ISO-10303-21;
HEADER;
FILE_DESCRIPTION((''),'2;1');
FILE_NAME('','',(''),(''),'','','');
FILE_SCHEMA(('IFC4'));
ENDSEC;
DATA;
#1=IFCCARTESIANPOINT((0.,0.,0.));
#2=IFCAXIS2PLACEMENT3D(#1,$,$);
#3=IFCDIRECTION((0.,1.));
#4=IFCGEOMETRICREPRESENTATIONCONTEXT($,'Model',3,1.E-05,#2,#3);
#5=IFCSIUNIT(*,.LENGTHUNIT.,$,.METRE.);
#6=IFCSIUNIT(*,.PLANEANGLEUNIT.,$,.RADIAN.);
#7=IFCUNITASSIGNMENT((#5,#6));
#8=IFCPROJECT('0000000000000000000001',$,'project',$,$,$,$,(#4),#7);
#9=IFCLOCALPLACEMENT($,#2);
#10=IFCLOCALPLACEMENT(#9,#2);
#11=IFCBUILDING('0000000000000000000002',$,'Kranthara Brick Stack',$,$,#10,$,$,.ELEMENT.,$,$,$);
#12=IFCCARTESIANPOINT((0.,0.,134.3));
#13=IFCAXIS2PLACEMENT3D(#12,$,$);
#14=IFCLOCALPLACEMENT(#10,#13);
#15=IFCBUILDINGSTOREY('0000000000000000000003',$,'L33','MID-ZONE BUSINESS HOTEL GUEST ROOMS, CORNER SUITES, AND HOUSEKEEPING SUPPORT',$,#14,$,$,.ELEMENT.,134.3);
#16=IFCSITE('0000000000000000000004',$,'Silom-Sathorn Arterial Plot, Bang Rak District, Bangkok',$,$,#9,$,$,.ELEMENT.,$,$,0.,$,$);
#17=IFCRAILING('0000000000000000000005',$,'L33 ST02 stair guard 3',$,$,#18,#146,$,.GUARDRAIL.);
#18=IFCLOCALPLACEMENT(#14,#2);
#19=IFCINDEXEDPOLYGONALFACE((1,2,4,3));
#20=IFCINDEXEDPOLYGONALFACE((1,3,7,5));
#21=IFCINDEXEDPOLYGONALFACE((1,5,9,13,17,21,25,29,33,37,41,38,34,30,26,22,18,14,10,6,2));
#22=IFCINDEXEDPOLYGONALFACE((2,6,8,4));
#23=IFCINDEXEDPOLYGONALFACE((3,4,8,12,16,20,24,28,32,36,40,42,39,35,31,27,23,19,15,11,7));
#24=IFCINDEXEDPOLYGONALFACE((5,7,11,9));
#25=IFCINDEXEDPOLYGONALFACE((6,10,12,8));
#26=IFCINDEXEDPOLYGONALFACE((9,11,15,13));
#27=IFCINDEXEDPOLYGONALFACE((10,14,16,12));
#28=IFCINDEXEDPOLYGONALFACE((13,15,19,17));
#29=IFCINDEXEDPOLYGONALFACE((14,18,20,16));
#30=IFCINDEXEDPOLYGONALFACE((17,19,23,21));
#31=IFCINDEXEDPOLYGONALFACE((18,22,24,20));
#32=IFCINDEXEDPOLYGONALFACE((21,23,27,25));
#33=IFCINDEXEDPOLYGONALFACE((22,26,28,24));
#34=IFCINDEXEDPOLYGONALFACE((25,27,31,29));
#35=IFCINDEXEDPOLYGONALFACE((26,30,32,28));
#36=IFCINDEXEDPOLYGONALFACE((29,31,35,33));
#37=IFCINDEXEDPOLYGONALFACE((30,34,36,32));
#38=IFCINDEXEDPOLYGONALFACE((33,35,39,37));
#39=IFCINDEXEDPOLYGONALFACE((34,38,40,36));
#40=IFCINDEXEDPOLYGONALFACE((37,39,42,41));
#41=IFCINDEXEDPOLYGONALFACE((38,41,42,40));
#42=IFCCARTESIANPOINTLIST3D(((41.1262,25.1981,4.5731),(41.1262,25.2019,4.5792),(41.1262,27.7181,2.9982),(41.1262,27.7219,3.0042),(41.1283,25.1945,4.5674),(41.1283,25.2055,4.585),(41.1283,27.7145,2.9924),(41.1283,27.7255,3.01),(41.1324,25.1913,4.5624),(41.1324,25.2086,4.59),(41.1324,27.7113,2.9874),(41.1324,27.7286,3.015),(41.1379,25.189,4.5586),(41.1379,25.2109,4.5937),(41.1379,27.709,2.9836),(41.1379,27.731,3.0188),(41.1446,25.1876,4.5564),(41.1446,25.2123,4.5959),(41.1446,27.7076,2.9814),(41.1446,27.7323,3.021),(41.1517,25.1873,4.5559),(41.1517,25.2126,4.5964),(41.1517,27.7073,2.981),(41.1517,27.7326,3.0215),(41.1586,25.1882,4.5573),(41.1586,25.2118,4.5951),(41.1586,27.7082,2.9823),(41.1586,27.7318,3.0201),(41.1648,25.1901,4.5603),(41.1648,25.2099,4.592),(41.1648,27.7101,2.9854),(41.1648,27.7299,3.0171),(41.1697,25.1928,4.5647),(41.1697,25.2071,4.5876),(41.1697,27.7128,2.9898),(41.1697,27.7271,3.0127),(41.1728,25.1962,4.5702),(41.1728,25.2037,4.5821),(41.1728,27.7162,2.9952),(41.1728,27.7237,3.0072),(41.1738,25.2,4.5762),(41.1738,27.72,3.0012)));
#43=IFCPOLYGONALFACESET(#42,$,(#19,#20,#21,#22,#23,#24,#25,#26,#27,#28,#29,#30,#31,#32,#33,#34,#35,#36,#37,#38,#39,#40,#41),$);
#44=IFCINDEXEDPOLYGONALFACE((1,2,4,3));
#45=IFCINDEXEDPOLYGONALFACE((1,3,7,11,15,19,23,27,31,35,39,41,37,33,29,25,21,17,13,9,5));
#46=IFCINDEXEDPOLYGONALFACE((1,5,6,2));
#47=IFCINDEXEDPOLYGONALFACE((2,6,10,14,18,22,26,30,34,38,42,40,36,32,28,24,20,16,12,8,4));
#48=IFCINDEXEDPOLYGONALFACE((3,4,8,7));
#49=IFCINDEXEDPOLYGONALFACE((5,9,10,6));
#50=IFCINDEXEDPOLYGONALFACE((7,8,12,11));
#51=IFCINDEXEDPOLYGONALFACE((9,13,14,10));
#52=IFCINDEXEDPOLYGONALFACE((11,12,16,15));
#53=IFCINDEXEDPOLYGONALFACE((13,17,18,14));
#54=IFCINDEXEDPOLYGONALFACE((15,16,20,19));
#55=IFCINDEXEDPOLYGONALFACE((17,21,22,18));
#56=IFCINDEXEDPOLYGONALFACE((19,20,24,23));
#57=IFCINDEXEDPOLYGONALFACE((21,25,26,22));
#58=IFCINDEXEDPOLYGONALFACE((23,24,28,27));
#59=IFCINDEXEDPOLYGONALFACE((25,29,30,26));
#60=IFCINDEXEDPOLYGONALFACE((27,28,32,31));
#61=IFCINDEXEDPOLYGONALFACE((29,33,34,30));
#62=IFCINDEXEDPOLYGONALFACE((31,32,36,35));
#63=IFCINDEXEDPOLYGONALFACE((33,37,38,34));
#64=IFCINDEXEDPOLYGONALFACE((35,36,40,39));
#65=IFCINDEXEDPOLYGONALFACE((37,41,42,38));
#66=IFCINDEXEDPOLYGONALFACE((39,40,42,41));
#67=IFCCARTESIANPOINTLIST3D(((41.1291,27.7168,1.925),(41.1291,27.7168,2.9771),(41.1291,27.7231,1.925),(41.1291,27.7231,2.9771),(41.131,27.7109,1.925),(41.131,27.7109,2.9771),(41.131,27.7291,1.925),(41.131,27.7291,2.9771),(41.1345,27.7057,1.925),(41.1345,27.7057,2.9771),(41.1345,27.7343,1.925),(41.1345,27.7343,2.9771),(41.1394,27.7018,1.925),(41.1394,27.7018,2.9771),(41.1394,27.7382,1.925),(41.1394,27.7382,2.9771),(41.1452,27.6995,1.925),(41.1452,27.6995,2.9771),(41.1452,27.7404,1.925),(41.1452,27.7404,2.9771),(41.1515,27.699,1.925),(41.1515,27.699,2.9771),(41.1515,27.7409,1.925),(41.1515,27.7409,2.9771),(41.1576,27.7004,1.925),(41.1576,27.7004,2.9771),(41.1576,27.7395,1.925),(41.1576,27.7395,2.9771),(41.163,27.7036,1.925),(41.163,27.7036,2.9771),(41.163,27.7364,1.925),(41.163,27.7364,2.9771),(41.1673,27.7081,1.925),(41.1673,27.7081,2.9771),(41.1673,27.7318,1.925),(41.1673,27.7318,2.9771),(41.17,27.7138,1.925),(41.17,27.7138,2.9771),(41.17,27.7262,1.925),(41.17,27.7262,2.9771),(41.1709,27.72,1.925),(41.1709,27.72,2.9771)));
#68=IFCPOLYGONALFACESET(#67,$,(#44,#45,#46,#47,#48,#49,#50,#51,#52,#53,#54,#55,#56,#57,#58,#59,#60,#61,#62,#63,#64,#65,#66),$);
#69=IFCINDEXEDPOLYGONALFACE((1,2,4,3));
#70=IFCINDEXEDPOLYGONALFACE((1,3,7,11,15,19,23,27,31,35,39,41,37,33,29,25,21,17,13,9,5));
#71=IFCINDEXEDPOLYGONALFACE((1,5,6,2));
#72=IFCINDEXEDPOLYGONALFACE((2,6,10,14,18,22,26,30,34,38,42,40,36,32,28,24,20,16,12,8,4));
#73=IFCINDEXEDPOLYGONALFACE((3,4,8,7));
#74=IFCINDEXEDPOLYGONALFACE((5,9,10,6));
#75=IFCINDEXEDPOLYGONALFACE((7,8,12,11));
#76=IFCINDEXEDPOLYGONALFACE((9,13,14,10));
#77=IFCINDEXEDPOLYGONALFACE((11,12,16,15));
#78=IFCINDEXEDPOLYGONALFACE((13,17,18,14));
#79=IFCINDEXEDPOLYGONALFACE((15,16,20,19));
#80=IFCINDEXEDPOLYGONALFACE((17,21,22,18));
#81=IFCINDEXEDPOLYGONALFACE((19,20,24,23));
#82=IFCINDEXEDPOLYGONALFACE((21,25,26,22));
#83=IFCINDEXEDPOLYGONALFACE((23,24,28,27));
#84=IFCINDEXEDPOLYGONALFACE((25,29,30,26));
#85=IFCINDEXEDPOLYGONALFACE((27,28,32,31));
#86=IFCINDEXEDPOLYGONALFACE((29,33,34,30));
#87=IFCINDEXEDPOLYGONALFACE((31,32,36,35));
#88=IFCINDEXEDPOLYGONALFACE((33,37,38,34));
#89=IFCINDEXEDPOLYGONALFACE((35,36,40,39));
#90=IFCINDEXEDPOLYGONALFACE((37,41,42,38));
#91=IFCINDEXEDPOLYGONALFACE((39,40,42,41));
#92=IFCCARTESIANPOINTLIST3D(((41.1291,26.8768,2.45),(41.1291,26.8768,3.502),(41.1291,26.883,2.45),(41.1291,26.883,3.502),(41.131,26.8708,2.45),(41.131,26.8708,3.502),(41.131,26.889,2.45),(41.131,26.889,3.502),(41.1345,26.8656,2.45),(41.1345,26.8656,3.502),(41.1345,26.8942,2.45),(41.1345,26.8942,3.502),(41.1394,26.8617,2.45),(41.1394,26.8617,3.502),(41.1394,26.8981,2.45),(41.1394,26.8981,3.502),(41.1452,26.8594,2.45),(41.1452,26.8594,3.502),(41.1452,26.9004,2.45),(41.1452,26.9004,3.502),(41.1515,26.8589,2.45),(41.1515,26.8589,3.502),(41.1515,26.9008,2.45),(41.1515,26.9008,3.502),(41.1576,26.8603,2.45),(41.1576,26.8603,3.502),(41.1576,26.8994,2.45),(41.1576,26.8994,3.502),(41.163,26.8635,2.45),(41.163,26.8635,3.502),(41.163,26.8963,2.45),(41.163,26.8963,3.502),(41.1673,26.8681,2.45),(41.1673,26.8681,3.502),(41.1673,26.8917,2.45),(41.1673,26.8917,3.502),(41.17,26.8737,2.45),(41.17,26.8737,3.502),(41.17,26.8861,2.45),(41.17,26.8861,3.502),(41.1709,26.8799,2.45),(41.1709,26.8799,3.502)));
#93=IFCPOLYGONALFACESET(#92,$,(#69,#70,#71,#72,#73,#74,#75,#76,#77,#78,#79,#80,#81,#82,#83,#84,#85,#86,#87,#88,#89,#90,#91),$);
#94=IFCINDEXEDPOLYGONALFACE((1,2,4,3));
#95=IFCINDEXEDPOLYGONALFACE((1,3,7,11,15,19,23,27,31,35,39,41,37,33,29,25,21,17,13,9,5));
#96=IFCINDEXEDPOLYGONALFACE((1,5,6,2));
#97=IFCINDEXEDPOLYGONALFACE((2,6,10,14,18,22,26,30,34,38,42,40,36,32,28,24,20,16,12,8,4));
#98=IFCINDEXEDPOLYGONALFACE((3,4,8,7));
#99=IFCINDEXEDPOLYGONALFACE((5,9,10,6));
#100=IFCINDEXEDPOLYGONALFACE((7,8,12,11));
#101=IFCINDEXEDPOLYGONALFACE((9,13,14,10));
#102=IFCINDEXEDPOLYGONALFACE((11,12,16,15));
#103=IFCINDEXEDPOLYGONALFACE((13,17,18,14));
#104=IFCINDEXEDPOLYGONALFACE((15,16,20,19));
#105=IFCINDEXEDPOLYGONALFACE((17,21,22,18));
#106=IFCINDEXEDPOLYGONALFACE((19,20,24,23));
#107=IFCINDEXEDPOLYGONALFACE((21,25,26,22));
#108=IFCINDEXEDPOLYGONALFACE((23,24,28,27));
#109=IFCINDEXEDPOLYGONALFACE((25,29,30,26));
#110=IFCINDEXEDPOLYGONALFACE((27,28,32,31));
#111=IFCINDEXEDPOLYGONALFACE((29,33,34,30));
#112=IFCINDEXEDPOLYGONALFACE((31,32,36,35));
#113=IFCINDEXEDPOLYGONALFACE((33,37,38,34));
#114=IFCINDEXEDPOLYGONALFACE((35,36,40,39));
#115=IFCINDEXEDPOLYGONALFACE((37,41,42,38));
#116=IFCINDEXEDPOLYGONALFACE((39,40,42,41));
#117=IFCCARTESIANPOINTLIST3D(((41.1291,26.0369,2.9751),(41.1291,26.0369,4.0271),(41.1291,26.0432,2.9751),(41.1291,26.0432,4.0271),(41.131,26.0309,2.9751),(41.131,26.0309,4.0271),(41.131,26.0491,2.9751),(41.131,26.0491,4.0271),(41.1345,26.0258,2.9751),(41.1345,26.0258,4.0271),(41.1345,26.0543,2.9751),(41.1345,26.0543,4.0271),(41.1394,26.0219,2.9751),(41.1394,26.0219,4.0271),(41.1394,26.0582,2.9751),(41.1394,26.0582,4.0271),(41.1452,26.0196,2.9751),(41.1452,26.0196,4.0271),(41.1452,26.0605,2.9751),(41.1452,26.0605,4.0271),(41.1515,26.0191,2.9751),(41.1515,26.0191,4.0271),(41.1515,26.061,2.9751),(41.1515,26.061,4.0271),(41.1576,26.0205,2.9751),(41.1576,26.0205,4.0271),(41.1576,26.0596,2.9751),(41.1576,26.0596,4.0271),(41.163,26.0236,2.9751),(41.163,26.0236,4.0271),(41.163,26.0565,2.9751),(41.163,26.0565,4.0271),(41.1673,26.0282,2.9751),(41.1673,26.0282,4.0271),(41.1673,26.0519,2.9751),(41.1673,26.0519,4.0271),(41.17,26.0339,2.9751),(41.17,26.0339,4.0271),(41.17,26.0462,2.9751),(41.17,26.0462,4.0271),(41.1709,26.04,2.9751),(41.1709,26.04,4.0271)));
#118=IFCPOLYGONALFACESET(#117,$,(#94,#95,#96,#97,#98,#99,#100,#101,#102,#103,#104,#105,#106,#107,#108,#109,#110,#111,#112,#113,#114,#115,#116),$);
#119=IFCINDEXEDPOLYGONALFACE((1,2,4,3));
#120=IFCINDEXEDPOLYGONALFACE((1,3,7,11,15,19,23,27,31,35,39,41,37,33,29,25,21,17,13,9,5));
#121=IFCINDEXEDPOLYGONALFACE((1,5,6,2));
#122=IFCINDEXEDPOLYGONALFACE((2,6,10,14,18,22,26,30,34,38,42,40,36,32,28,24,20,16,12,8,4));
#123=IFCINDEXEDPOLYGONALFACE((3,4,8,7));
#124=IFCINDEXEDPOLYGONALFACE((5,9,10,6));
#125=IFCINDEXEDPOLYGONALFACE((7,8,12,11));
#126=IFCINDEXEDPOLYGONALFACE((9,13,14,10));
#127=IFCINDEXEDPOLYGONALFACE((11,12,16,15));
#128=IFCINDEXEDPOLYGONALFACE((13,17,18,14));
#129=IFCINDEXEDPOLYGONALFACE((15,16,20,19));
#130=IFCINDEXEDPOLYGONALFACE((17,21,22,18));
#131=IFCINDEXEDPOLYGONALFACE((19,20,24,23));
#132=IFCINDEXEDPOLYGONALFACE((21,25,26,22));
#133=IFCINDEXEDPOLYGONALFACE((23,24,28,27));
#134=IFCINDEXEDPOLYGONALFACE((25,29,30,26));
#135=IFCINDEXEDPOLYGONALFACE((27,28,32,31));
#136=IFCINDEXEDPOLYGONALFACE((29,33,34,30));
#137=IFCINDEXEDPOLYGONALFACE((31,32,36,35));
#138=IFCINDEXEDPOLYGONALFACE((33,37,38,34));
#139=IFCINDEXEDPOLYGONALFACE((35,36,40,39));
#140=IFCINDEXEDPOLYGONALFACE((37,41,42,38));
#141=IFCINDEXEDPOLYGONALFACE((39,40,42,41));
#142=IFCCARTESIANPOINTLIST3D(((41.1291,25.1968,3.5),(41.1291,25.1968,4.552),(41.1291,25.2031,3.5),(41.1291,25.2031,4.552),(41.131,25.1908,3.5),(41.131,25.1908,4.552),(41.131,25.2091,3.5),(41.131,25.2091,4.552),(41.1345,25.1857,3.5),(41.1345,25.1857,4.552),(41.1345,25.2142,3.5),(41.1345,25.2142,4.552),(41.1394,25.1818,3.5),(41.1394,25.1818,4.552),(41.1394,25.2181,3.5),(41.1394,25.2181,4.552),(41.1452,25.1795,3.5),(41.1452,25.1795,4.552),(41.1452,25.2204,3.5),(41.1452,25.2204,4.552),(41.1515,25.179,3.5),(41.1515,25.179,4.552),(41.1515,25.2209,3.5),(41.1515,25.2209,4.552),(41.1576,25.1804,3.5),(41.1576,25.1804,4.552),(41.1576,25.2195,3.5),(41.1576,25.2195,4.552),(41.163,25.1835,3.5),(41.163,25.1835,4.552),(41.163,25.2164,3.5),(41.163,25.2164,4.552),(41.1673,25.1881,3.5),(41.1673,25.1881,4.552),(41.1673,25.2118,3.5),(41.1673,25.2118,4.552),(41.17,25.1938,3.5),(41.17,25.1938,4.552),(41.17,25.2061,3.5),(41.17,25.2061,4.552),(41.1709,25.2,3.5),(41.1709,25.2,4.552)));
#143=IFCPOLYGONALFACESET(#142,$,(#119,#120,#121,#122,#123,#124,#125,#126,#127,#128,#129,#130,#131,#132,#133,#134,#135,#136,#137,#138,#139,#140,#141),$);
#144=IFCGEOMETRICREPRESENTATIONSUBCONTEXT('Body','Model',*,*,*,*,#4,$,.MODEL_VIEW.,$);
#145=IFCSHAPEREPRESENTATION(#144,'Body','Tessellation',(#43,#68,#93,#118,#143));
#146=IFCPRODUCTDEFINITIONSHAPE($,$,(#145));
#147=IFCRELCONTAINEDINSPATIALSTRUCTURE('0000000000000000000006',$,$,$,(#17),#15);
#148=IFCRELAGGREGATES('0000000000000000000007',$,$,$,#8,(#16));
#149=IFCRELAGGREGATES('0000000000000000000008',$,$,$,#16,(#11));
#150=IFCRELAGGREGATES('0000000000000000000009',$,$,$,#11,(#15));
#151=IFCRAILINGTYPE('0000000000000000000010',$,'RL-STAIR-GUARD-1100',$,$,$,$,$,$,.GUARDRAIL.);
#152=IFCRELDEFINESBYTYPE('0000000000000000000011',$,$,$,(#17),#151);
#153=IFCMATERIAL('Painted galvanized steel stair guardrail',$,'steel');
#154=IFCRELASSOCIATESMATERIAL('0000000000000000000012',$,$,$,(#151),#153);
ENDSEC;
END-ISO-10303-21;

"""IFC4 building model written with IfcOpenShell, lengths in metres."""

from ifc_helpers import new_model, si_unit, direction, frame, origin, origin_2d, place, context, subcontext, project, spatial, circle, extrude, material, type_object, element, save


model = new_model("IFC4")

# Units and contexts
model_context = context("Model", 3, precision=1e-05, world=origin(), true_north=direction((0.0, 1.0)))
body_context = subcontext(model_context, "Body", "Model", "MODEL_VIEW")
ifc_project = project(units=[si_unit("LENGTHUNIT", "METRE"), si_unit("PLANEANGLEUNIT", "RADIAN")], contexts=[model_context])

# Site, building, storey
site_placement = place(None, origin())
site = spatial("IfcSite", under=ifc_project, at=site_placement, Name="Silom-Sathorn Arterial Plot, Bang Rak District, Bangkok", CompositionType="ELEMENT", RefElevation=0.0)
building_placement = place(site_placement, origin())
building = spatial("IfcBuilding", under=site, at=building_placement, Name="Kranthara Brick Stack", CompositionType="ELEMENT")
storey_placement = place(building_placement, frame((0.0, 0.0, 134.3)))
storey = spatial("IfcBuildingStorey", under=building, at=storey_placement, Name="L33", Description="MID-ZONE BUSINESS HOTEL GUEST ROOMS, CORNER SUITES, AND HOUSEKEEPING SUPPORT", CompositionType="ELEMENT", Elevation=134.3)

# Railing
ifc_material_1 = material(Name="Painted galvanized steel stair guardrail", Category="steel")
railing_type_1 = type_object("IfcRailingType", Name="RL-STAIR-GUARD-1100", PredefinedType="GUARDRAIL", material=ifc_material_1)
railing_1_placement = place(storey_placement, frame((41.1499, 27.72, 1.925)))
element("IfcRailing", 1, at=railing_1_placement, inside=storey, type_object=railing_type_1, Name="L33 ST02 stair guard 3", PredefinedType="GUARDRAIL", context=body_context, shape_type="SweptSolid", body=[
    extrude(circle(Radius=0.0239, at=origin_2d()), frame((0.0, 0.0, 1.0762), z_axis=(0.0, -0.848008, 0.529984), x_axis=(1.0, 0.0, 0.0)), (0.0, 0.0, 1.0), 2.9717),
    extrude(circle(Radius=0.021, at=origin_2d()), origin(), (0.0, 0.0, 1.0), 1.052),
    extrude(circle(Radius=0.021, at=origin_2d()), frame((0.0, -0.8401, 0.5249)), (0.0, 0.0, 1.0), 1.052),
    extrude(circle(Radius=0.021, at=origin_2d()), frame((0.0, -1.6799, 1.05)), (0.0, 0.0, 1.0), 1.052),
    extrude(circle(Radius=0.021, at=origin_2d()), frame((0.0, -2.52, 1.575)), (0.0, 0.0, 1.0), 1.052),
])

save(model, "model.ifc")
